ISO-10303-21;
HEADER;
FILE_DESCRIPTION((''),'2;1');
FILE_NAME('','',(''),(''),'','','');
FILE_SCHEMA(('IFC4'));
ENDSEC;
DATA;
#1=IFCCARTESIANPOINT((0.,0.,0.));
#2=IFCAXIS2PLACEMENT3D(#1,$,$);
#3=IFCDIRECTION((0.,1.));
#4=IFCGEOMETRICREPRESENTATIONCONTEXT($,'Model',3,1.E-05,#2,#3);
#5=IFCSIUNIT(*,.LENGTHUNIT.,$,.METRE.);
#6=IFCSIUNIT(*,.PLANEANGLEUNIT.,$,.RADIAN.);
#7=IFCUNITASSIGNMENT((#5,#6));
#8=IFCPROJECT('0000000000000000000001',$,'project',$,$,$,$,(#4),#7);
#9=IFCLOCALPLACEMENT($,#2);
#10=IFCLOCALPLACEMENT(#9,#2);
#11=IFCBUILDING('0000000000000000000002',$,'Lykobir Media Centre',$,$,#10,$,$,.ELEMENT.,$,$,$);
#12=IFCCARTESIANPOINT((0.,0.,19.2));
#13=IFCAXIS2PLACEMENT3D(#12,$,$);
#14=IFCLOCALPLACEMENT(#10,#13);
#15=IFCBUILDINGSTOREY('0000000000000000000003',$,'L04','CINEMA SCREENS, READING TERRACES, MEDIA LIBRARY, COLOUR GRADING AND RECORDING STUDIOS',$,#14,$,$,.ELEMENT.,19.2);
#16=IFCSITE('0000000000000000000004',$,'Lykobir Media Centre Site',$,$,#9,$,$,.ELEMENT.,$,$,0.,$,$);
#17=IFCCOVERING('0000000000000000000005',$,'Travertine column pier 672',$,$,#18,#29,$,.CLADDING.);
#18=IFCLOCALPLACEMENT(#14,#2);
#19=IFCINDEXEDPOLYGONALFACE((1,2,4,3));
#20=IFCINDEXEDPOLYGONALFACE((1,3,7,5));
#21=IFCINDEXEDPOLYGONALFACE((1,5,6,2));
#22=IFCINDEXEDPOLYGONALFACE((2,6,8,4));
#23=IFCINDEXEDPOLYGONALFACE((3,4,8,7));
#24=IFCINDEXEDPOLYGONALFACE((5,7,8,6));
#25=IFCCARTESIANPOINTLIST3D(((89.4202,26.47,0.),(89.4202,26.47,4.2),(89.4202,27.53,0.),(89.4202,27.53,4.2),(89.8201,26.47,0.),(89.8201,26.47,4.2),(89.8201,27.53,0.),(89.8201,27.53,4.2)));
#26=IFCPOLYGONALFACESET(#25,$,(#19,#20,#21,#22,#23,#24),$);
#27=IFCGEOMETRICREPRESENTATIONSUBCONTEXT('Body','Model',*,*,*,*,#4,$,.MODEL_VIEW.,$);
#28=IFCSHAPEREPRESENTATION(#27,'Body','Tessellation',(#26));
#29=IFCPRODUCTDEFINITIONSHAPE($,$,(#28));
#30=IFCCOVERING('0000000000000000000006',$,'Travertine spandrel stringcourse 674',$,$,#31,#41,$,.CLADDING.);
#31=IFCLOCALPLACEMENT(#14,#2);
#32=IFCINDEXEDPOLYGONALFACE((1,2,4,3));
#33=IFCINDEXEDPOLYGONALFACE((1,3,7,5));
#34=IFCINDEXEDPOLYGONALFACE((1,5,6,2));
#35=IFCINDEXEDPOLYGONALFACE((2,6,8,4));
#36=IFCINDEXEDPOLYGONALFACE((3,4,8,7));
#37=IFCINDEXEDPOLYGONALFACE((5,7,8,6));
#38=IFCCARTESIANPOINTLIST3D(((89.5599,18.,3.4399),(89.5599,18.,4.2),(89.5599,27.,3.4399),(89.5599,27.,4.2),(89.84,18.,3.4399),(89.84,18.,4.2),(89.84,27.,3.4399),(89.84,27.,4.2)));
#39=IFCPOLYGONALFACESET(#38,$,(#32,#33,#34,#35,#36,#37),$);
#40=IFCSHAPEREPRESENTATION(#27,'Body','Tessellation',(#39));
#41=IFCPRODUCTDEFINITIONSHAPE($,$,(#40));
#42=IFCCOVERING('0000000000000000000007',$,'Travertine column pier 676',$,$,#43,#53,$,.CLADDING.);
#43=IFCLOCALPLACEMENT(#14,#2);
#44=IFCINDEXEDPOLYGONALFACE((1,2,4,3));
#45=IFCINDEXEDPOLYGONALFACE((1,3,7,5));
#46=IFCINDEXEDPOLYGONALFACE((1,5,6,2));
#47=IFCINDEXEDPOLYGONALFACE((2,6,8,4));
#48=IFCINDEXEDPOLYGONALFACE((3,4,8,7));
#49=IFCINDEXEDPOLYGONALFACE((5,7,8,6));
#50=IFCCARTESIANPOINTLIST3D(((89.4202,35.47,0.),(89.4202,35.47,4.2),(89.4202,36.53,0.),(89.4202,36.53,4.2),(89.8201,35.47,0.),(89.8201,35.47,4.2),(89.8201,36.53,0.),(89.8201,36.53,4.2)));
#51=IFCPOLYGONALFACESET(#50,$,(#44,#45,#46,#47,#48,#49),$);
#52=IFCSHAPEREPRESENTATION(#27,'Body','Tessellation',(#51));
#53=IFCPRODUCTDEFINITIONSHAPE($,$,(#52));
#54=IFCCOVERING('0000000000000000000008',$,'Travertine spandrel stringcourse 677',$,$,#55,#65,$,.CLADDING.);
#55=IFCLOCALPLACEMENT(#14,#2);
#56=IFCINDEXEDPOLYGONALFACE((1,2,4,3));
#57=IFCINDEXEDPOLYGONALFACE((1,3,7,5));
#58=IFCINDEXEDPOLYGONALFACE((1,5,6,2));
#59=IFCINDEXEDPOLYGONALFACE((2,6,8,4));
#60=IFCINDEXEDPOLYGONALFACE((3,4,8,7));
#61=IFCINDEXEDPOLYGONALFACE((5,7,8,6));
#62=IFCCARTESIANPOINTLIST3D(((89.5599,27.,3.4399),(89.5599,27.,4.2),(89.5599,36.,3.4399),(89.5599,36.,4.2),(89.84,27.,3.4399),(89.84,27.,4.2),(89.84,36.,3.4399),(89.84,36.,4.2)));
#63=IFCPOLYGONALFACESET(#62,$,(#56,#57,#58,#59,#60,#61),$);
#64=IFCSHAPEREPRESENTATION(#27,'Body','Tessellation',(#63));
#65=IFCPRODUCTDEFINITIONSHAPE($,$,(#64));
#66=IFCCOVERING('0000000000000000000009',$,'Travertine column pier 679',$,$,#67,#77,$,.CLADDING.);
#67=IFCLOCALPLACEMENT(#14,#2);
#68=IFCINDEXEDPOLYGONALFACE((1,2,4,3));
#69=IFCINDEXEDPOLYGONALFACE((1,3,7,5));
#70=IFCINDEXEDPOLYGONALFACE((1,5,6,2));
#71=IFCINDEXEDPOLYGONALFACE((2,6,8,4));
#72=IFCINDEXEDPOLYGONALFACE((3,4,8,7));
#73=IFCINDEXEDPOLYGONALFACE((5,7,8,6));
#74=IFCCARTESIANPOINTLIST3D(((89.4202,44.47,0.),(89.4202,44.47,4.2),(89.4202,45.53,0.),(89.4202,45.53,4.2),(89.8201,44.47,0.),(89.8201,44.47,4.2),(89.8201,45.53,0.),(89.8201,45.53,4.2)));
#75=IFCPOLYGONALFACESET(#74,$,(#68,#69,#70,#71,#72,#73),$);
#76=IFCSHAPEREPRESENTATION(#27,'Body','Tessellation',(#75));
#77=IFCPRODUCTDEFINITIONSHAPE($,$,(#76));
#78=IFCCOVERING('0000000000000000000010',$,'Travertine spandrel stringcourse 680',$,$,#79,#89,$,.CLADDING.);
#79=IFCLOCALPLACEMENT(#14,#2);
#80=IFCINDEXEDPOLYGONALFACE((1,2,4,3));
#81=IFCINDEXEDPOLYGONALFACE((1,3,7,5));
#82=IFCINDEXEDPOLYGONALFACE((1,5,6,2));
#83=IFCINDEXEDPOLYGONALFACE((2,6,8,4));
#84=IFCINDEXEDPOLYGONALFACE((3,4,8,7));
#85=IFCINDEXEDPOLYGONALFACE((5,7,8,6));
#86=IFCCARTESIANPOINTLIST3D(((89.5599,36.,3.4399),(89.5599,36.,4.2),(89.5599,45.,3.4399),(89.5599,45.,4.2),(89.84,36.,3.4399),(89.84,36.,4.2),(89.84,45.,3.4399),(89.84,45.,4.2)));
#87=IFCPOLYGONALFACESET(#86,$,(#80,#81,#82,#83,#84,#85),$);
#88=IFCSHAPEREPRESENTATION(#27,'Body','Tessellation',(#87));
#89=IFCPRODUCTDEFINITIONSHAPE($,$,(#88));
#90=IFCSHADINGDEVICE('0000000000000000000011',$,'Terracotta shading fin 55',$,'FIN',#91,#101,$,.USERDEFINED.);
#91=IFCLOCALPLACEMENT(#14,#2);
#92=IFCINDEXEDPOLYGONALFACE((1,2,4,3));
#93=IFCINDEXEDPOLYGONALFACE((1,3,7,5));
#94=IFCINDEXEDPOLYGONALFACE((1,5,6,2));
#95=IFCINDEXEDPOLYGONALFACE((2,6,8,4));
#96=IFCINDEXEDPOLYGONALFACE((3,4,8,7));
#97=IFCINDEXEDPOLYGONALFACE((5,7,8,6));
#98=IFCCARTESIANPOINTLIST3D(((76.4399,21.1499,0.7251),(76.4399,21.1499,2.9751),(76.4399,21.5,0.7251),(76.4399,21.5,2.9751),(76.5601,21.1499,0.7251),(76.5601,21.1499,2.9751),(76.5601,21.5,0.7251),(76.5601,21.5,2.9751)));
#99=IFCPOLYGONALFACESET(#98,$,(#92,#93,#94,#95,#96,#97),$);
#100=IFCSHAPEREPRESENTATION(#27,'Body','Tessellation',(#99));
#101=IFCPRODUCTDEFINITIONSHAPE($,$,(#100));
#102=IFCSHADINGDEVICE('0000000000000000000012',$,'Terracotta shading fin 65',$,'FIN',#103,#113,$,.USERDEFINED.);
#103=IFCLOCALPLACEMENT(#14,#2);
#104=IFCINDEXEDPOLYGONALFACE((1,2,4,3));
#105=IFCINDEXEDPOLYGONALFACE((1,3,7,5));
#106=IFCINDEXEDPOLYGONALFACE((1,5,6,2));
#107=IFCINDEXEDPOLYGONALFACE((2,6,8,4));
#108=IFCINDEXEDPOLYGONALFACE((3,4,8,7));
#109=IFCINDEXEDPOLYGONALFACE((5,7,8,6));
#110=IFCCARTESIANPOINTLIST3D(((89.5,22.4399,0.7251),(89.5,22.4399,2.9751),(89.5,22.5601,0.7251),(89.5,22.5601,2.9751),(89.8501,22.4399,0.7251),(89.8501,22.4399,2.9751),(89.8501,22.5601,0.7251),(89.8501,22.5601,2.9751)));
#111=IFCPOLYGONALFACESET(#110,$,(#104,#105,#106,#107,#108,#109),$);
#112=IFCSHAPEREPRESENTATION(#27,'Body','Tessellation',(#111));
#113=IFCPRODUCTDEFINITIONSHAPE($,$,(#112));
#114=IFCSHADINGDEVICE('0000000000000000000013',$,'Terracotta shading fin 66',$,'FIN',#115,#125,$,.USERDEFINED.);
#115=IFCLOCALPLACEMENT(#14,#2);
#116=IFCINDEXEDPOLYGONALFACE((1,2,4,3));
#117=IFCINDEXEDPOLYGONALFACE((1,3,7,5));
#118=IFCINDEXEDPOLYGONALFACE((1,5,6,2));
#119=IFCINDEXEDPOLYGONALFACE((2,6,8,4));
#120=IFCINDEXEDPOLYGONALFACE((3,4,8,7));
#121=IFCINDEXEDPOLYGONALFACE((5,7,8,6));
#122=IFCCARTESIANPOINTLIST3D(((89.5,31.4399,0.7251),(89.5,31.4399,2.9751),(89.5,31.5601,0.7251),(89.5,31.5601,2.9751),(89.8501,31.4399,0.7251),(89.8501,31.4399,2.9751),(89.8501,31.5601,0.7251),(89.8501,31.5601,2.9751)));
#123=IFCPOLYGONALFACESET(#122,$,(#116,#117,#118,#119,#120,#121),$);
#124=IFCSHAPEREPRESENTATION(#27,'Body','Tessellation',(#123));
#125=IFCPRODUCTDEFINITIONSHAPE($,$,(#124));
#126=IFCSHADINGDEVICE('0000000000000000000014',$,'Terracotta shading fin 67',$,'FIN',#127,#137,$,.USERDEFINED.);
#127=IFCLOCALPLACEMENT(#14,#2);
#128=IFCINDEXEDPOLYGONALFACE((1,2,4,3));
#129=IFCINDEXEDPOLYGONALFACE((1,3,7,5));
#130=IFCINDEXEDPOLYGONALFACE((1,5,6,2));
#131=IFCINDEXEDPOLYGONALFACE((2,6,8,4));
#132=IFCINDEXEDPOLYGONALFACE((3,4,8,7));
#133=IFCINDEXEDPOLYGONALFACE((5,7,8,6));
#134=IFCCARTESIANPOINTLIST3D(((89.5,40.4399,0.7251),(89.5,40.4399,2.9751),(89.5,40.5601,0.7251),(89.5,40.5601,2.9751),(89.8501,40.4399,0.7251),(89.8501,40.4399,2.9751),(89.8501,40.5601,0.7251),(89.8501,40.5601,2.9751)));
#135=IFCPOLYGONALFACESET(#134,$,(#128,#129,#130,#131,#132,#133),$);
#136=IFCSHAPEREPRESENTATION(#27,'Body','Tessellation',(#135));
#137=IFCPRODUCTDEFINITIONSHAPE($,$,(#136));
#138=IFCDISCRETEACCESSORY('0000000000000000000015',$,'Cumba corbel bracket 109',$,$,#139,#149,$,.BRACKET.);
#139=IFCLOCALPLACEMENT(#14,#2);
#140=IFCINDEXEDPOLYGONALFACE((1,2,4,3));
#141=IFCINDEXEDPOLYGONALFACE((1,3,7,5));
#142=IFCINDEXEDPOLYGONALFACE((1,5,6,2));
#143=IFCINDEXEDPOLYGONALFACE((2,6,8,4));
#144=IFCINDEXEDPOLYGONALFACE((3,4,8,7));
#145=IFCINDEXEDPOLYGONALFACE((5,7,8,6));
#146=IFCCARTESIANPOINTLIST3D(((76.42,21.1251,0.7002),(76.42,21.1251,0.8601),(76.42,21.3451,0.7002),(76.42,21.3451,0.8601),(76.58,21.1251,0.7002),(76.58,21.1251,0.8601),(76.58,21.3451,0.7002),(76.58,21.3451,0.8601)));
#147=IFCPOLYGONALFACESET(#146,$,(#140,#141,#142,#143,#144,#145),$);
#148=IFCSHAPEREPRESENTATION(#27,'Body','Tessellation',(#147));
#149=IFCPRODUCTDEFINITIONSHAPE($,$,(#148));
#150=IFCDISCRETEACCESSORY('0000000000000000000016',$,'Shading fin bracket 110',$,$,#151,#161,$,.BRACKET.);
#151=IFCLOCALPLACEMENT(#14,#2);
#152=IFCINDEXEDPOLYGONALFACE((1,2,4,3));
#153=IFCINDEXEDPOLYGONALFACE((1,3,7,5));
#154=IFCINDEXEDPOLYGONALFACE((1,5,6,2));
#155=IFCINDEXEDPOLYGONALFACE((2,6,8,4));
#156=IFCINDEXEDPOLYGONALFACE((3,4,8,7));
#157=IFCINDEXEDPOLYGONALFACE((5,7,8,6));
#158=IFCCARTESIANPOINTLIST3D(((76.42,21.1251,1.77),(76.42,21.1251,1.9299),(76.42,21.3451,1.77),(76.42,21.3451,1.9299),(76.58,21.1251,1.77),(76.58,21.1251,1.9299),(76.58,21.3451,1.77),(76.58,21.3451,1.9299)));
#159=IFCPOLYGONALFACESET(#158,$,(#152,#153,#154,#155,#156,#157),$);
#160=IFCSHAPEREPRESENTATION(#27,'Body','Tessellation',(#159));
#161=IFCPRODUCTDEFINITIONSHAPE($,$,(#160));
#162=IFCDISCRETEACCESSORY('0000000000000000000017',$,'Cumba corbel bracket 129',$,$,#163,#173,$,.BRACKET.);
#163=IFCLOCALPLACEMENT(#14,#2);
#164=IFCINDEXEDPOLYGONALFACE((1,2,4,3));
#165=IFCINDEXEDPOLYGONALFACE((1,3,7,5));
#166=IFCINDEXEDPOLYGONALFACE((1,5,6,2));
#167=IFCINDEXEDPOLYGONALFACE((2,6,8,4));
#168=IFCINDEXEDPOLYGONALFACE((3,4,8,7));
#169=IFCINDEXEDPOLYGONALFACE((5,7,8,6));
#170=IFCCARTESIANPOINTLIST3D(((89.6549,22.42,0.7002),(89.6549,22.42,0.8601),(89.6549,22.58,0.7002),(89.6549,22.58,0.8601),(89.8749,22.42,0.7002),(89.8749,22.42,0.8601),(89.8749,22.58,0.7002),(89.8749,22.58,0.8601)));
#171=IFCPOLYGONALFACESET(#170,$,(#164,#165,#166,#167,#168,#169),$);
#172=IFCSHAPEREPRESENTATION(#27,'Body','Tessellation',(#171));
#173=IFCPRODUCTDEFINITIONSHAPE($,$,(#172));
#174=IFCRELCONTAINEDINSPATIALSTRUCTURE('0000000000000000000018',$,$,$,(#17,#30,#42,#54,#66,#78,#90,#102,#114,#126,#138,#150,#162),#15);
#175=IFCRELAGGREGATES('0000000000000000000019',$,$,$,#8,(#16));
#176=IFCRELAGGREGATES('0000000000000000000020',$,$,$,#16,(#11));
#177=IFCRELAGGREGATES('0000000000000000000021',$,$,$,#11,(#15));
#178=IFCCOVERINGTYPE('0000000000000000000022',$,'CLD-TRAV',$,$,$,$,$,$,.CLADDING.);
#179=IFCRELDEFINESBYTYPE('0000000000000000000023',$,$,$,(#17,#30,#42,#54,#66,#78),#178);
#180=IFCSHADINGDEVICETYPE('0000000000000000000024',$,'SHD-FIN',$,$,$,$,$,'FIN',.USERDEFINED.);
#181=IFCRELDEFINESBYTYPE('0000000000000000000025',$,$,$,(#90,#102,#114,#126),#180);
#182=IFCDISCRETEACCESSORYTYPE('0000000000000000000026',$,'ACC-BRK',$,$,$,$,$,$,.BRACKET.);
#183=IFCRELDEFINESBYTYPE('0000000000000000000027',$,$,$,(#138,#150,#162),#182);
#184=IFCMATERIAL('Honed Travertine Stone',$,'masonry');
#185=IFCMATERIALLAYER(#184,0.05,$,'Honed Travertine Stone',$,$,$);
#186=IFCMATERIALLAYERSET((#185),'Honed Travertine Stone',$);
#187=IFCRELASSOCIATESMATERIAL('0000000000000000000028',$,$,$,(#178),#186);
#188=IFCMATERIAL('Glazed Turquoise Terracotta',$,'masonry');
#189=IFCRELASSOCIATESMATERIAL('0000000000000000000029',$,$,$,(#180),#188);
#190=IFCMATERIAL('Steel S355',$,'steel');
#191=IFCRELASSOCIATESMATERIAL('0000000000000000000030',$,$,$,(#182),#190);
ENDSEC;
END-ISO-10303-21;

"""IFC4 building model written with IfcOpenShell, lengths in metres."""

from ifc_helpers import new_model, si_unit, direction, frame, origin, origin_2d, place, context, subcontext, project, spatial, rectangle, extrude, material, layer, layer_set, type_object, element, save


model = new_model("IFC4")

# Units and contexts
model_context = context("Model", 3, precision=1e-05, world=origin(), true_north=direction((0.0, 1.0)))
body_context = subcontext(model_context, "Body", "Model", "MODEL_VIEW")
ifc_project = project(units=[si_unit("LENGTHUNIT", "METRE"), si_unit("PLANEANGLEUNIT", "RADIAN")], contexts=[model_context])

# Site, building, storey
site_placement = place(None, origin())
site = spatial("IfcSite", under=ifc_project, at=site_placement, Name="Lykobir Media Centre Site", CompositionType="ELEMENT", RefElevation=0.0)
building_placement = place(site_placement, origin())
building = spatial("IfcBuilding", under=site, at=building_placement, Name="Lykobir Media Centre", CompositionType="ELEMENT")
storey_placement = place(building_placement, frame((0.0, 0.0, 19.2)))
storey = spatial("IfcBuildingStorey", under=building, at=storey_placement, Name="L04", Description="CINEMA SCREENS, READING TERRACES, MEDIA LIBRARY, COLOUR GRADING AND RECORDING STUDIOS", CompositionType="ELEMENT", Elevation=19.2)

# Shared definitions
ifc_material_1 = material(Name="Glazed Turquoise Terracotta", Category="masonry")

# Coverings
ifc_material_2 = material(Name="Honed Travertine Stone", Category="masonry")
ifc_layer_1 = layer(ifc_material_2, 0.05, Name="Honed Travertine Stone")
ifc_layer_set_1 = layer_set([ifc_layer_1], Name="Honed Travertine Stone")
covering_type_1 = type_object("IfcCoveringType", Name="CLD-TRAV", PredefinedType="CLADDING", material=ifc_layer_set_1)
covering_1_placement = place(storey_placement, frame((89.6201, 27.0, 0.0), z_axis=(0.0, 0.0, 1.0), x_axis=(0.0, -1.0, 0.0)))
element("IfcCovering", 1, at=covering_1_placement, inside=storey, type_object=covering_type_1, Name="Travertine column pier 672", PredefinedType="CLADDING", context=body_context, shape_type="SweptSolid", body=[
    extrude(rectangle(XDim=1.0601, YDim=0.3999, at=origin_2d()), origin(), (0.0, 0.0, 1.0), 4.2),
])
covering_2_placement = place(storey_placement, frame((89.7, 22.5, 3.4399), z_axis=(0.0, 0.0, 1.0), x_axis=(0.0, -1.0, 0.0)))
element("IfcCovering", 2, at=covering_2_placement, inside=storey, type_object=covering_type_1, Name="Travertine spandrel stringcourse 674", PredefinedType="CLADDING", context=body_context, shape_type="SweptSolid", body=[
    extrude(rectangle(XDim=9.0, YDim=0.28, at=origin_2d()), origin(), (0.0, 0.0, 1.0), 0.76),
])
covering_3_placement = place(storey_placement, frame((89.6201, 36.0, 0.0), z_axis=(0.0, 0.0, 1.0), x_axis=(0.0, -1.0, 0.0)))
element("IfcCovering", 3, at=covering_3_placement, inside=storey, type_object=covering_type_1, Name="Travertine column pier 676", PredefinedType="CLADDING", context=body_context, shape_type="SweptSolid", body=[
    extrude(rectangle(XDim=1.0601, YDim=0.3999, at=origin_2d()), origin(), (0.0, 0.0, 1.0), 4.2),
])
covering_4_placement = place(storey_placement, frame((89.7, 31.5, 3.4399), z_axis=(0.0, 0.0, 1.0), x_axis=(0.0, -1.0, 0.0)))
element("IfcCovering", 4, at=covering_4_placement, inside=storey, type_object=covering_type_1, Name="Travertine spandrel stringcourse 677", PredefinedType="CLADDING", context=body_context, shape_type="SweptSolid", body=[
    extrude(rectangle(XDim=9.0, YDim=0.28, at=origin_2d()), origin(), (0.0, 0.0, 1.0), 0.76),
])
covering_5_placement = place(storey_placement, frame((89.6201, 45.0, 0.0), z_axis=(0.0, 0.0, 1.0), x_axis=(0.0, -1.0, 0.0)))
element("IfcCovering", 5, at=covering_5_placement, inside=storey, type_object=covering_type_1, Name="Travertine column pier 679", PredefinedType="CLADDING", context=body_context, shape_type="SweptSolid", body=[
    extrude(rectangle(XDim=1.0601, YDim=0.3999, at=origin_2d()), origin(), (0.0, 0.0, 1.0), 4.2),
])
covering_6_placement = place(storey_placement, frame((89.7, 40.5, 3.4399), z_axis=(0.0, 0.0, 1.0), x_axis=(0.0, -1.0, 0.0)))
element("IfcCovering", 6, at=covering_6_placement, inside=storey, type_object=covering_type_1, Name="Travertine spandrel stringcourse 680", PredefinedType="CLADDING", context=body_context, shape_type="SweptSolid", body=[
    extrude(rectangle(XDim=9.0, YDim=0.28, at=origin_2d()), origin(), (0.0, 0.0, 1.0), 0.76),
])

# Shading devices
shading_device_type = type_object("IfcShadingDeviceType", Name="SHD-FIN", ElementType="FIN", PredefinedType="USERDEFINED", material=ifc_material_1)
for number, where, z_axis, x_axis, name in (
    (7, (76.5, 21.325, 0.7251), (0.0, 0.0, 1.0), (-1.0, 0.0, 0.0), "Terracotta shading fin 55"),
    (8, (89.675, 22.5, 0.7251), (0.0, 0.0, 1.0), (0.0, -1.0, 0.0), "Terracotta shading fin 65"),
    (9, (89.675, 31.5, 0.7251), (0.0, 0.0, 1.0), (0.0, -1.0, 0.0), "Terracotta shading fin 66"),
    (10, (89.675, 40.5, 0.7251), (0.0, 0.0, 1.0), (0.0, -1.0, 0.0), "Terracotta shading fin 67"),
):
    element("IfcShadingDevice", number, at=place(storey_placement, frame(where, z_axis=z_axis, x_axis=x_axis)), inside=storey, type_object=shading_device_type, Name=name, ObjectType="FIN", PredefinedType="USERDEFINED", context=body_context, shape_type="SweptSolid", body=[
        extrude(rectangle(XDim=0.1201, YDim=0.3501, at=origin_2d()), origin(), (0.0, 0.0, 1.0), 2.25),
    ])

# Discrete accessories
ifc_material_3 = material(Name="Steel S355", Category="steel")
discrete_accessory_type = type_object("IfcDiscreteAccessoryType", Name="ACC-BRK", PredefinedType="BRACKET", material=ifc_material_3)
for number, where, z_axis, x_axis, name in (
    (11, (76.5, 21.2351, 0.7002), (0.0, 0.0, 1.0), (-1.0, 0.0, 0.0), "Cumba corbel bracket 109"),
    (12, (76.5, 21.2351, 1.77), (0.0, 0.0, 1.0), (-1.0, 0.0, 0.0), "Shading fin bracket 110"),
    (13, (89.7649, 22.5, 0.7002), (0.0, 0.0, 1.0), (0.0, -1.0, 0.0), "Cumba corbel bracket 129"),
):
    element("IfcDiscreteAccessory", number, at=place(storey_placement, frame(where, z_axis=z_axis, x_axis=x_axis)), inside=storey, type_object=discrete_accessory_type, Name=name, PredefinedType="BRACKET", context=body_context, shape_type="SweptSolid", body=[
        extrude(rectangle(XDim=0.1599, YDim=0.22, at=origin_2d()), origin(), (0.0, 0.0, 1.0), 0.1599),
    ])

save(model, "model.ifc")
